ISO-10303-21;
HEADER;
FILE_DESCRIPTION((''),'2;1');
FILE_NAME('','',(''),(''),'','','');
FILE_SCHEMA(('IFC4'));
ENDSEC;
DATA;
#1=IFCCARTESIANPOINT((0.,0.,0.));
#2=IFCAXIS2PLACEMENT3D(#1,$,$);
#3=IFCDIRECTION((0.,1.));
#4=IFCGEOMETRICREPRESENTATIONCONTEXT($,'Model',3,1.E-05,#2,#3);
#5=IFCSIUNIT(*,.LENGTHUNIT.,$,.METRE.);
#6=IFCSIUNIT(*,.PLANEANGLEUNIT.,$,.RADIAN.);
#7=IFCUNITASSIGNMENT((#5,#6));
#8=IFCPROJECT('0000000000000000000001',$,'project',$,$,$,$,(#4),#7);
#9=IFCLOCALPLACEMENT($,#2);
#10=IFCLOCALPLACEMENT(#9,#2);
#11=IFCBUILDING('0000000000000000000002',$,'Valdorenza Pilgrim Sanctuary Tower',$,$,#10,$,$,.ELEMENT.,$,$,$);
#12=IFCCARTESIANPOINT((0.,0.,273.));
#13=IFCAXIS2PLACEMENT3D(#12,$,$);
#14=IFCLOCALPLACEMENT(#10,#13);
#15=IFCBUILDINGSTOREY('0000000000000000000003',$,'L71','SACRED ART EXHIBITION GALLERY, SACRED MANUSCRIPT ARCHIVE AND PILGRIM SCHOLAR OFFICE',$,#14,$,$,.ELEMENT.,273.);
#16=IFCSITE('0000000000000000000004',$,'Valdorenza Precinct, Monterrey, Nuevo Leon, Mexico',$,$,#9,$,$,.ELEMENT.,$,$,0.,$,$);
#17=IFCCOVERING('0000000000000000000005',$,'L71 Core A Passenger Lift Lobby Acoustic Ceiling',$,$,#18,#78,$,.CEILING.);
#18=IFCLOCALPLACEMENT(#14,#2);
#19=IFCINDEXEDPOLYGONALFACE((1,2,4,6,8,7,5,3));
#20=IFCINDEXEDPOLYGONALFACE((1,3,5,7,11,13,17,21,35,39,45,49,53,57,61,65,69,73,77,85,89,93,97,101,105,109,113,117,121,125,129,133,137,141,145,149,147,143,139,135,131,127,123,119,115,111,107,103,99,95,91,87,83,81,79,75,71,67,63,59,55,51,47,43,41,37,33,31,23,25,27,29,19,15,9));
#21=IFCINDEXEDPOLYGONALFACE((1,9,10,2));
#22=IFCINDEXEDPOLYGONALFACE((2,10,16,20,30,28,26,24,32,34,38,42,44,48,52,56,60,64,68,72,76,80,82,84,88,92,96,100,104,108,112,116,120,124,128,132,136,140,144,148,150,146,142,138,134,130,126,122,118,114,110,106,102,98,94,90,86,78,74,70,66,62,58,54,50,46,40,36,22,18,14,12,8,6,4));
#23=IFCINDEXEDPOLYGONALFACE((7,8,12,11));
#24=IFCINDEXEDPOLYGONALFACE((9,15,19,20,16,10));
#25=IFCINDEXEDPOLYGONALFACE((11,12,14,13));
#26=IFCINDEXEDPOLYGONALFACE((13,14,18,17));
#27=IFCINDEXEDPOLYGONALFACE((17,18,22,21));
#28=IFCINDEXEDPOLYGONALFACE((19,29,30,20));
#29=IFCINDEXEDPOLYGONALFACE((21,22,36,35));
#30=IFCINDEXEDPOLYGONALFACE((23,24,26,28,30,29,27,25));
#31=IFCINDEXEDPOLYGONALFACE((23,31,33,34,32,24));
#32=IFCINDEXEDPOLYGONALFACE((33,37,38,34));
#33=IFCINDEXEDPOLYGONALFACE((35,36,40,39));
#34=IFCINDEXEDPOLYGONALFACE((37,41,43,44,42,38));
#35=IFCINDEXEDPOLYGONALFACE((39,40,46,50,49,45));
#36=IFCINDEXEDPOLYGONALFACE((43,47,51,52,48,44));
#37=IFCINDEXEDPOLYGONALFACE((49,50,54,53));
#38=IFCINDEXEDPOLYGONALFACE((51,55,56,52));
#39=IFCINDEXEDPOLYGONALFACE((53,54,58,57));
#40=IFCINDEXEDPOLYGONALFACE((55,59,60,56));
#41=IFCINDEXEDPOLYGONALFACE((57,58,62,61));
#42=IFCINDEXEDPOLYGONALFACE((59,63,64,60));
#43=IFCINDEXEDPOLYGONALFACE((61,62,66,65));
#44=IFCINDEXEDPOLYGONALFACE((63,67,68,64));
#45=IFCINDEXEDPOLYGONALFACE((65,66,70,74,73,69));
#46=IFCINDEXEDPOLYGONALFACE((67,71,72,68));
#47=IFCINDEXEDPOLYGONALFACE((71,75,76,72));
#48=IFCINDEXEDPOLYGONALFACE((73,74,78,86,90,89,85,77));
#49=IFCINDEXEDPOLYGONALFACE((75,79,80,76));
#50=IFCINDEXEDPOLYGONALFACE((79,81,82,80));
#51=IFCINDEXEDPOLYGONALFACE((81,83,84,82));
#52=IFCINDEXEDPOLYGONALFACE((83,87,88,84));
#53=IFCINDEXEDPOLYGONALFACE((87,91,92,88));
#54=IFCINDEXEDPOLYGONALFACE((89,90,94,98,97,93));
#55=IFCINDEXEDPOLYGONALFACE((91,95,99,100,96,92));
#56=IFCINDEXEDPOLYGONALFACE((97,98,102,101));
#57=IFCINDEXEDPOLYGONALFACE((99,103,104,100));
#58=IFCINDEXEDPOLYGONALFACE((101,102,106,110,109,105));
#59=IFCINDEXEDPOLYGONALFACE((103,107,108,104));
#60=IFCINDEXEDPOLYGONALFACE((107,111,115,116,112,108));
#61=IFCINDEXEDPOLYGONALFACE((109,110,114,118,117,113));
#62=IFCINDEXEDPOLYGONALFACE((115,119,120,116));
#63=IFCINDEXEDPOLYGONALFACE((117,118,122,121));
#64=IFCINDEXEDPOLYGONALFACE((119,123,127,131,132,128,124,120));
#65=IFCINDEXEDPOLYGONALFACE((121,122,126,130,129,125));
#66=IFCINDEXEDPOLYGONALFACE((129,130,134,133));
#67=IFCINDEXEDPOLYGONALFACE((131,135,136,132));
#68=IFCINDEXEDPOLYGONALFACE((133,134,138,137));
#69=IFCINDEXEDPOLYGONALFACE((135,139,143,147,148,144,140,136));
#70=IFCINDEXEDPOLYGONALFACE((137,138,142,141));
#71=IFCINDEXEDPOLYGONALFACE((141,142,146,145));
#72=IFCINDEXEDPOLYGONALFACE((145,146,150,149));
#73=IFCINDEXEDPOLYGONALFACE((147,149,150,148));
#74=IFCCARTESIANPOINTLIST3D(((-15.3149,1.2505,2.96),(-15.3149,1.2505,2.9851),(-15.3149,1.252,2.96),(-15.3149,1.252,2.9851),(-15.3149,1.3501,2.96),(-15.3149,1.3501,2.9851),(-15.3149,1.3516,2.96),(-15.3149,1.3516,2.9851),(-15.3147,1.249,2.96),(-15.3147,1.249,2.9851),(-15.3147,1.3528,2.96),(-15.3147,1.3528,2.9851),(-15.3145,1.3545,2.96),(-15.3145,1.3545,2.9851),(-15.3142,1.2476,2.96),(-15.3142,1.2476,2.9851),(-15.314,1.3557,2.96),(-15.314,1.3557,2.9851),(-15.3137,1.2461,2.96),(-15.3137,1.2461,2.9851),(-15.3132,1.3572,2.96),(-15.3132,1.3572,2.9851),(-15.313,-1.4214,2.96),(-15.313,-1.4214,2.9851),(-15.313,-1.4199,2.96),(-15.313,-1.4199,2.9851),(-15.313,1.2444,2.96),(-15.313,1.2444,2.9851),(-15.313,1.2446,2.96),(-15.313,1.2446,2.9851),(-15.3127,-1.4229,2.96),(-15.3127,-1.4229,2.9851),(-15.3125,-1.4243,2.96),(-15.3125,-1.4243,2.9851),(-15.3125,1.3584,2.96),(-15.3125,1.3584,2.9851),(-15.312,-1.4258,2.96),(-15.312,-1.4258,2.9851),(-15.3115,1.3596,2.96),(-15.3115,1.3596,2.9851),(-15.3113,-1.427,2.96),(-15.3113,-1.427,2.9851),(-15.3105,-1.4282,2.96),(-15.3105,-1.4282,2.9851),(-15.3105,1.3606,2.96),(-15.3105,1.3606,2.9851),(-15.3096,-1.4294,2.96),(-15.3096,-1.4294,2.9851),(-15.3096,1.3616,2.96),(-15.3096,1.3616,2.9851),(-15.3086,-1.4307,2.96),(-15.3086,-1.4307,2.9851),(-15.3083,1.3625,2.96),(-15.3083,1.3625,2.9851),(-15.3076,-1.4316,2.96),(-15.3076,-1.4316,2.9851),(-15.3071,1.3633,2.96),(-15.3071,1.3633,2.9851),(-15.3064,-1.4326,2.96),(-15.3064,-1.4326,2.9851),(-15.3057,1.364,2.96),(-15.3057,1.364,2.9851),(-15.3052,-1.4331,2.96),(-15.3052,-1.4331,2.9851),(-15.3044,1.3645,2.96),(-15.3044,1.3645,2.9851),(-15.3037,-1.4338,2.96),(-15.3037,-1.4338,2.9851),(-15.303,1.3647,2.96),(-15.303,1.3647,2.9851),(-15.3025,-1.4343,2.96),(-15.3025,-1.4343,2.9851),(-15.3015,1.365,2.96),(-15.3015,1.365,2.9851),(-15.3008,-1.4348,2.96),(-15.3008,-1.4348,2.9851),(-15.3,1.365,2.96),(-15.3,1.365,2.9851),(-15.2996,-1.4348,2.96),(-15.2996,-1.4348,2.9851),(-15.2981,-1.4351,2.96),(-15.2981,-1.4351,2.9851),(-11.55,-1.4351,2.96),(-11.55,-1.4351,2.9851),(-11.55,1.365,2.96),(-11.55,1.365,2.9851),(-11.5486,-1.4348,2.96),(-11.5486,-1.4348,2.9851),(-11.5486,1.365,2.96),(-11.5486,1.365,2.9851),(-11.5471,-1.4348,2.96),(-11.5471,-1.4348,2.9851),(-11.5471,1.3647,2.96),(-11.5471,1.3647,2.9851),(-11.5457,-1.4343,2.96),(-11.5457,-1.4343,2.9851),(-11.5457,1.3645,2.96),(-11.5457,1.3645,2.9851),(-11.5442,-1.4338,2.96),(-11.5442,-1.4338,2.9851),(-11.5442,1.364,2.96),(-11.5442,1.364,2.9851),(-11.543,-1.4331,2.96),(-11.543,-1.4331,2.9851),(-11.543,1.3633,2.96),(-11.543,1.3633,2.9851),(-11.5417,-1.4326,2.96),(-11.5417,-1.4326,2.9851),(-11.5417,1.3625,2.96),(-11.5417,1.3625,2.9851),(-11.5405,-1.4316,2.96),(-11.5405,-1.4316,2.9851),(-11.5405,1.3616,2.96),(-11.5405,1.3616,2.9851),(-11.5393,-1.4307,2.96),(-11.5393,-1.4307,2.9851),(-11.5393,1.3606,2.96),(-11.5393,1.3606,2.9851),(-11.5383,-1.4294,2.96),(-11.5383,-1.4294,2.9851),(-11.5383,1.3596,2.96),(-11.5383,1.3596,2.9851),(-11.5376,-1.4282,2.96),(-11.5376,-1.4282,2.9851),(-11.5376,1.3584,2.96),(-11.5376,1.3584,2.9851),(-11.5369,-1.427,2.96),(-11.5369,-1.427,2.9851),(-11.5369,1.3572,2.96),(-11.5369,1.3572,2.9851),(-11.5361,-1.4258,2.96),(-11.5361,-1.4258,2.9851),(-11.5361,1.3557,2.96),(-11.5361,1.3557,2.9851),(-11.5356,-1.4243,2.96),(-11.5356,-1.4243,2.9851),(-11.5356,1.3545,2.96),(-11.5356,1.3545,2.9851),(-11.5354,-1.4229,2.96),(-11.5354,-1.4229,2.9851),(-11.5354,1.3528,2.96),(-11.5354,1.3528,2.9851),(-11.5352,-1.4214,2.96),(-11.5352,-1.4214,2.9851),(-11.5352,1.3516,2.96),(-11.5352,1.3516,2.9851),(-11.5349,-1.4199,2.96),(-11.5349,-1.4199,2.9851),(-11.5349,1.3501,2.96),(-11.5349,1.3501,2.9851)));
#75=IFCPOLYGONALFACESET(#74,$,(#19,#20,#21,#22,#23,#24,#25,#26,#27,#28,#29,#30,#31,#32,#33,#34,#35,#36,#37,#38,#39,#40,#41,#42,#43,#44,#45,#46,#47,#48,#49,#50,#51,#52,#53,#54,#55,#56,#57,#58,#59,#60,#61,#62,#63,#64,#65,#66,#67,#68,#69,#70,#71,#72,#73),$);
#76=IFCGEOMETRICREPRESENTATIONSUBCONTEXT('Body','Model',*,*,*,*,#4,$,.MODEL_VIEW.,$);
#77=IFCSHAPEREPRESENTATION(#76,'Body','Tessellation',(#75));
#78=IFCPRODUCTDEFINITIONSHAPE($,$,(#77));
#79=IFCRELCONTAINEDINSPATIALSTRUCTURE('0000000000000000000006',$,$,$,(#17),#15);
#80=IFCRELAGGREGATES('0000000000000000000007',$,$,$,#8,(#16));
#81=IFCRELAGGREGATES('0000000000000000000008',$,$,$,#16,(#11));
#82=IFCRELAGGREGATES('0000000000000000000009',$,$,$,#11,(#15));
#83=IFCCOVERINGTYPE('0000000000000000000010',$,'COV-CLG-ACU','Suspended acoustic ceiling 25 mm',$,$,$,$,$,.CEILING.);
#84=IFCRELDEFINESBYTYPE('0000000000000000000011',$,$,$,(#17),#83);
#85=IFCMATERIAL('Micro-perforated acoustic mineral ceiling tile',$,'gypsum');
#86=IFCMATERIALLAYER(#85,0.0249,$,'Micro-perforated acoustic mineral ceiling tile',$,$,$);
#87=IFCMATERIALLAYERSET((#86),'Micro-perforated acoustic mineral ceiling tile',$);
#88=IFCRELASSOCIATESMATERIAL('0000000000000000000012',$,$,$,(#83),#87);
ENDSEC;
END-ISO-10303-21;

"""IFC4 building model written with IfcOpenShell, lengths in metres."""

from ifc_helpers import new_model, si_unit, direction, frame, origin, place, context, subcontext, project, spatial, polyline, outline, extrude, material, layer, layer_set, type_object, element, save


model = new_model("IFC4")

# Units and contexts
model_context = context("Model", 3, precision=1e-05, world=origin(), true_north=direction((0.0, 1.0)))
body_context = subcontext(model_context, "Body", "Model", "MODEL_VIEW")
ifc_project = project(units=[si_unit("LENGTHUNIT", "METRE"), si_unit("PLANEANGLEUNIT", "RADIAN")], contexts=[model_context])

# Site, building, storey
site_placement = place(None, origin())
site = spatial("IfcSite", under=ifc_project, at=site_placement, Name="Valdorenza Precinct, Monterrey, Nuevo Leon, Mexico", CompositionType="ELEMENT", RefElevation=0.0)
building_placement = place(site_placement, origin())
building = spatial("IfcBuilding", under=site, at=building_placement, Name="Valdorenza Pilgrim Sanctuary Tower", CompositionType="ELEMENT")
storey_placement = place(building_placement, frame((0.0, 0.0, 273.0)))
storey = spatial("IfcBuildingStorey", under=building, at=storey_placement, Name="L71", Description="SACRED ART EXHIBITION GALLERY, SACRED MANUSCRIPT ARCHIVE AND PILGRIM SCHOLAR OFFICE", CompositionType="ELEMENT", Elevation=273.0)

# Covering
ifc_material_1 = material(Name="Micro-perforated acoustic mineral ceiling tile", Category="gypsum")
ifc_layer_1 = layer(ifc_material_1, 0.0249, Name="Micro-perforated acoustic mineral ceiling tile")
ifc_layer_set_1 = layer_set([ifc_layer_1], Name="Micro-perforated acoustic mineral ceiling tile")
covering_type_1 = type_object("IfcCoveringType", Name="COV-CLG-ACU", Description="Suspended acoustic ceiling 25 mm", PredefinedType="CEILING", material=ifc_layer_set_1)
covering_1_placement = place(storey_placement, frame((0.0, 0.0, 2.96)))
element("IfcCovering", 1, at=covering_1_placement, inside=storey, type_object=covering_type_1, Name="L71 Core A Passenger Lift Lobby Acoustic Ceiling", PredefinedType="CEILING", context=body_context, shape_type="SweptSolid", body=[
    extrude(outline(polyline([(-15.3149, 1.3501), (-15.3149, 1.3516), (-15.3147, 1.3528), (-15.3145, 1.3545), (-15.314, 1.3557), (-15.3132, 1.3572), (-15.3125, 1.3584), (-15.3115, 1.3596), (-15.3105, 1.3606), (-15.3096, 1.3616), (-15.3083, 1.3625), (-15.3071, 1.3633), (-15.3057, 1.364), (-15.3044, 1.3645), (-15.303, 1.3647), (-15.3015, 1.365), (-15.3, 1.365), (-11.55, 1.365), (-11.5486, 1.365), (-11.5471, 1.3647), (-11.5457, 1.3645), (-11.5442, 1.364), (-11.543, 1.3633), (-11.5417, 1.3625), (-11.5405, 1.3616), (-11.5393, 1.3606), (-11.5383, 1.3596), (-11.5376, 1.3584), (-11.5369, 1.3572), (-11.5361, 1.3557), (-11.5356, 1.3545), (-11.5354, 1.3528), (-11.5352, 1.3516), (-11.5349, 1.3501), (-11.5349, -1.4199), (-11.5352, -1.4214), (-11.5354, -1.4229), (-11.5356, -1.4243), (-11.5361, -1.4258), (-11.5369, -1.427), (-11.5376, -1.4282), (-11.5383, -1.4294), (-11.5393, -1.4307), (-11.5405, -1.4316), (-11.5417, -1.4326), (-11.543, -1.4331), (-11.5442, -1.4338), (-11.5457, -1.4343), (-11.5471, -1.4348), (-11.5486, -1.4348), (-11.55, -1.4351), (-15.2981, -1.4351), (-15.2996, -1.4348), (-15.3008, -1.4348), (-15.3025, -1.4343), (-15.3037, -1.4338), (-15.3052, -1.4331), (-15.3064, -1.4326), (-15.3076, -1.4316), (-15.3086, -1.4307), (-15.3096, -1.4294), (-15.3105, -1.4282), (-15.3113, -1.427), (-15.312, -1.4258), (-15.3125, -1.4243), (-15.3127, -1.4229), (-15.313, -1.4214), (-15.313, -1.4199), (-15.313, 1.2444), (-15.313, 1.2446), (-15.3137, 1.2461), (-15.3142, 1.2476), (-15.3147, 1.249), (-15.3149, 1.2505), (-15.3149, 1.252), (-15.3149, 1.3501)])), origin(), (0.0, 0.0, 1.0), 0.0251),
])

save(model, "model.ifc")
